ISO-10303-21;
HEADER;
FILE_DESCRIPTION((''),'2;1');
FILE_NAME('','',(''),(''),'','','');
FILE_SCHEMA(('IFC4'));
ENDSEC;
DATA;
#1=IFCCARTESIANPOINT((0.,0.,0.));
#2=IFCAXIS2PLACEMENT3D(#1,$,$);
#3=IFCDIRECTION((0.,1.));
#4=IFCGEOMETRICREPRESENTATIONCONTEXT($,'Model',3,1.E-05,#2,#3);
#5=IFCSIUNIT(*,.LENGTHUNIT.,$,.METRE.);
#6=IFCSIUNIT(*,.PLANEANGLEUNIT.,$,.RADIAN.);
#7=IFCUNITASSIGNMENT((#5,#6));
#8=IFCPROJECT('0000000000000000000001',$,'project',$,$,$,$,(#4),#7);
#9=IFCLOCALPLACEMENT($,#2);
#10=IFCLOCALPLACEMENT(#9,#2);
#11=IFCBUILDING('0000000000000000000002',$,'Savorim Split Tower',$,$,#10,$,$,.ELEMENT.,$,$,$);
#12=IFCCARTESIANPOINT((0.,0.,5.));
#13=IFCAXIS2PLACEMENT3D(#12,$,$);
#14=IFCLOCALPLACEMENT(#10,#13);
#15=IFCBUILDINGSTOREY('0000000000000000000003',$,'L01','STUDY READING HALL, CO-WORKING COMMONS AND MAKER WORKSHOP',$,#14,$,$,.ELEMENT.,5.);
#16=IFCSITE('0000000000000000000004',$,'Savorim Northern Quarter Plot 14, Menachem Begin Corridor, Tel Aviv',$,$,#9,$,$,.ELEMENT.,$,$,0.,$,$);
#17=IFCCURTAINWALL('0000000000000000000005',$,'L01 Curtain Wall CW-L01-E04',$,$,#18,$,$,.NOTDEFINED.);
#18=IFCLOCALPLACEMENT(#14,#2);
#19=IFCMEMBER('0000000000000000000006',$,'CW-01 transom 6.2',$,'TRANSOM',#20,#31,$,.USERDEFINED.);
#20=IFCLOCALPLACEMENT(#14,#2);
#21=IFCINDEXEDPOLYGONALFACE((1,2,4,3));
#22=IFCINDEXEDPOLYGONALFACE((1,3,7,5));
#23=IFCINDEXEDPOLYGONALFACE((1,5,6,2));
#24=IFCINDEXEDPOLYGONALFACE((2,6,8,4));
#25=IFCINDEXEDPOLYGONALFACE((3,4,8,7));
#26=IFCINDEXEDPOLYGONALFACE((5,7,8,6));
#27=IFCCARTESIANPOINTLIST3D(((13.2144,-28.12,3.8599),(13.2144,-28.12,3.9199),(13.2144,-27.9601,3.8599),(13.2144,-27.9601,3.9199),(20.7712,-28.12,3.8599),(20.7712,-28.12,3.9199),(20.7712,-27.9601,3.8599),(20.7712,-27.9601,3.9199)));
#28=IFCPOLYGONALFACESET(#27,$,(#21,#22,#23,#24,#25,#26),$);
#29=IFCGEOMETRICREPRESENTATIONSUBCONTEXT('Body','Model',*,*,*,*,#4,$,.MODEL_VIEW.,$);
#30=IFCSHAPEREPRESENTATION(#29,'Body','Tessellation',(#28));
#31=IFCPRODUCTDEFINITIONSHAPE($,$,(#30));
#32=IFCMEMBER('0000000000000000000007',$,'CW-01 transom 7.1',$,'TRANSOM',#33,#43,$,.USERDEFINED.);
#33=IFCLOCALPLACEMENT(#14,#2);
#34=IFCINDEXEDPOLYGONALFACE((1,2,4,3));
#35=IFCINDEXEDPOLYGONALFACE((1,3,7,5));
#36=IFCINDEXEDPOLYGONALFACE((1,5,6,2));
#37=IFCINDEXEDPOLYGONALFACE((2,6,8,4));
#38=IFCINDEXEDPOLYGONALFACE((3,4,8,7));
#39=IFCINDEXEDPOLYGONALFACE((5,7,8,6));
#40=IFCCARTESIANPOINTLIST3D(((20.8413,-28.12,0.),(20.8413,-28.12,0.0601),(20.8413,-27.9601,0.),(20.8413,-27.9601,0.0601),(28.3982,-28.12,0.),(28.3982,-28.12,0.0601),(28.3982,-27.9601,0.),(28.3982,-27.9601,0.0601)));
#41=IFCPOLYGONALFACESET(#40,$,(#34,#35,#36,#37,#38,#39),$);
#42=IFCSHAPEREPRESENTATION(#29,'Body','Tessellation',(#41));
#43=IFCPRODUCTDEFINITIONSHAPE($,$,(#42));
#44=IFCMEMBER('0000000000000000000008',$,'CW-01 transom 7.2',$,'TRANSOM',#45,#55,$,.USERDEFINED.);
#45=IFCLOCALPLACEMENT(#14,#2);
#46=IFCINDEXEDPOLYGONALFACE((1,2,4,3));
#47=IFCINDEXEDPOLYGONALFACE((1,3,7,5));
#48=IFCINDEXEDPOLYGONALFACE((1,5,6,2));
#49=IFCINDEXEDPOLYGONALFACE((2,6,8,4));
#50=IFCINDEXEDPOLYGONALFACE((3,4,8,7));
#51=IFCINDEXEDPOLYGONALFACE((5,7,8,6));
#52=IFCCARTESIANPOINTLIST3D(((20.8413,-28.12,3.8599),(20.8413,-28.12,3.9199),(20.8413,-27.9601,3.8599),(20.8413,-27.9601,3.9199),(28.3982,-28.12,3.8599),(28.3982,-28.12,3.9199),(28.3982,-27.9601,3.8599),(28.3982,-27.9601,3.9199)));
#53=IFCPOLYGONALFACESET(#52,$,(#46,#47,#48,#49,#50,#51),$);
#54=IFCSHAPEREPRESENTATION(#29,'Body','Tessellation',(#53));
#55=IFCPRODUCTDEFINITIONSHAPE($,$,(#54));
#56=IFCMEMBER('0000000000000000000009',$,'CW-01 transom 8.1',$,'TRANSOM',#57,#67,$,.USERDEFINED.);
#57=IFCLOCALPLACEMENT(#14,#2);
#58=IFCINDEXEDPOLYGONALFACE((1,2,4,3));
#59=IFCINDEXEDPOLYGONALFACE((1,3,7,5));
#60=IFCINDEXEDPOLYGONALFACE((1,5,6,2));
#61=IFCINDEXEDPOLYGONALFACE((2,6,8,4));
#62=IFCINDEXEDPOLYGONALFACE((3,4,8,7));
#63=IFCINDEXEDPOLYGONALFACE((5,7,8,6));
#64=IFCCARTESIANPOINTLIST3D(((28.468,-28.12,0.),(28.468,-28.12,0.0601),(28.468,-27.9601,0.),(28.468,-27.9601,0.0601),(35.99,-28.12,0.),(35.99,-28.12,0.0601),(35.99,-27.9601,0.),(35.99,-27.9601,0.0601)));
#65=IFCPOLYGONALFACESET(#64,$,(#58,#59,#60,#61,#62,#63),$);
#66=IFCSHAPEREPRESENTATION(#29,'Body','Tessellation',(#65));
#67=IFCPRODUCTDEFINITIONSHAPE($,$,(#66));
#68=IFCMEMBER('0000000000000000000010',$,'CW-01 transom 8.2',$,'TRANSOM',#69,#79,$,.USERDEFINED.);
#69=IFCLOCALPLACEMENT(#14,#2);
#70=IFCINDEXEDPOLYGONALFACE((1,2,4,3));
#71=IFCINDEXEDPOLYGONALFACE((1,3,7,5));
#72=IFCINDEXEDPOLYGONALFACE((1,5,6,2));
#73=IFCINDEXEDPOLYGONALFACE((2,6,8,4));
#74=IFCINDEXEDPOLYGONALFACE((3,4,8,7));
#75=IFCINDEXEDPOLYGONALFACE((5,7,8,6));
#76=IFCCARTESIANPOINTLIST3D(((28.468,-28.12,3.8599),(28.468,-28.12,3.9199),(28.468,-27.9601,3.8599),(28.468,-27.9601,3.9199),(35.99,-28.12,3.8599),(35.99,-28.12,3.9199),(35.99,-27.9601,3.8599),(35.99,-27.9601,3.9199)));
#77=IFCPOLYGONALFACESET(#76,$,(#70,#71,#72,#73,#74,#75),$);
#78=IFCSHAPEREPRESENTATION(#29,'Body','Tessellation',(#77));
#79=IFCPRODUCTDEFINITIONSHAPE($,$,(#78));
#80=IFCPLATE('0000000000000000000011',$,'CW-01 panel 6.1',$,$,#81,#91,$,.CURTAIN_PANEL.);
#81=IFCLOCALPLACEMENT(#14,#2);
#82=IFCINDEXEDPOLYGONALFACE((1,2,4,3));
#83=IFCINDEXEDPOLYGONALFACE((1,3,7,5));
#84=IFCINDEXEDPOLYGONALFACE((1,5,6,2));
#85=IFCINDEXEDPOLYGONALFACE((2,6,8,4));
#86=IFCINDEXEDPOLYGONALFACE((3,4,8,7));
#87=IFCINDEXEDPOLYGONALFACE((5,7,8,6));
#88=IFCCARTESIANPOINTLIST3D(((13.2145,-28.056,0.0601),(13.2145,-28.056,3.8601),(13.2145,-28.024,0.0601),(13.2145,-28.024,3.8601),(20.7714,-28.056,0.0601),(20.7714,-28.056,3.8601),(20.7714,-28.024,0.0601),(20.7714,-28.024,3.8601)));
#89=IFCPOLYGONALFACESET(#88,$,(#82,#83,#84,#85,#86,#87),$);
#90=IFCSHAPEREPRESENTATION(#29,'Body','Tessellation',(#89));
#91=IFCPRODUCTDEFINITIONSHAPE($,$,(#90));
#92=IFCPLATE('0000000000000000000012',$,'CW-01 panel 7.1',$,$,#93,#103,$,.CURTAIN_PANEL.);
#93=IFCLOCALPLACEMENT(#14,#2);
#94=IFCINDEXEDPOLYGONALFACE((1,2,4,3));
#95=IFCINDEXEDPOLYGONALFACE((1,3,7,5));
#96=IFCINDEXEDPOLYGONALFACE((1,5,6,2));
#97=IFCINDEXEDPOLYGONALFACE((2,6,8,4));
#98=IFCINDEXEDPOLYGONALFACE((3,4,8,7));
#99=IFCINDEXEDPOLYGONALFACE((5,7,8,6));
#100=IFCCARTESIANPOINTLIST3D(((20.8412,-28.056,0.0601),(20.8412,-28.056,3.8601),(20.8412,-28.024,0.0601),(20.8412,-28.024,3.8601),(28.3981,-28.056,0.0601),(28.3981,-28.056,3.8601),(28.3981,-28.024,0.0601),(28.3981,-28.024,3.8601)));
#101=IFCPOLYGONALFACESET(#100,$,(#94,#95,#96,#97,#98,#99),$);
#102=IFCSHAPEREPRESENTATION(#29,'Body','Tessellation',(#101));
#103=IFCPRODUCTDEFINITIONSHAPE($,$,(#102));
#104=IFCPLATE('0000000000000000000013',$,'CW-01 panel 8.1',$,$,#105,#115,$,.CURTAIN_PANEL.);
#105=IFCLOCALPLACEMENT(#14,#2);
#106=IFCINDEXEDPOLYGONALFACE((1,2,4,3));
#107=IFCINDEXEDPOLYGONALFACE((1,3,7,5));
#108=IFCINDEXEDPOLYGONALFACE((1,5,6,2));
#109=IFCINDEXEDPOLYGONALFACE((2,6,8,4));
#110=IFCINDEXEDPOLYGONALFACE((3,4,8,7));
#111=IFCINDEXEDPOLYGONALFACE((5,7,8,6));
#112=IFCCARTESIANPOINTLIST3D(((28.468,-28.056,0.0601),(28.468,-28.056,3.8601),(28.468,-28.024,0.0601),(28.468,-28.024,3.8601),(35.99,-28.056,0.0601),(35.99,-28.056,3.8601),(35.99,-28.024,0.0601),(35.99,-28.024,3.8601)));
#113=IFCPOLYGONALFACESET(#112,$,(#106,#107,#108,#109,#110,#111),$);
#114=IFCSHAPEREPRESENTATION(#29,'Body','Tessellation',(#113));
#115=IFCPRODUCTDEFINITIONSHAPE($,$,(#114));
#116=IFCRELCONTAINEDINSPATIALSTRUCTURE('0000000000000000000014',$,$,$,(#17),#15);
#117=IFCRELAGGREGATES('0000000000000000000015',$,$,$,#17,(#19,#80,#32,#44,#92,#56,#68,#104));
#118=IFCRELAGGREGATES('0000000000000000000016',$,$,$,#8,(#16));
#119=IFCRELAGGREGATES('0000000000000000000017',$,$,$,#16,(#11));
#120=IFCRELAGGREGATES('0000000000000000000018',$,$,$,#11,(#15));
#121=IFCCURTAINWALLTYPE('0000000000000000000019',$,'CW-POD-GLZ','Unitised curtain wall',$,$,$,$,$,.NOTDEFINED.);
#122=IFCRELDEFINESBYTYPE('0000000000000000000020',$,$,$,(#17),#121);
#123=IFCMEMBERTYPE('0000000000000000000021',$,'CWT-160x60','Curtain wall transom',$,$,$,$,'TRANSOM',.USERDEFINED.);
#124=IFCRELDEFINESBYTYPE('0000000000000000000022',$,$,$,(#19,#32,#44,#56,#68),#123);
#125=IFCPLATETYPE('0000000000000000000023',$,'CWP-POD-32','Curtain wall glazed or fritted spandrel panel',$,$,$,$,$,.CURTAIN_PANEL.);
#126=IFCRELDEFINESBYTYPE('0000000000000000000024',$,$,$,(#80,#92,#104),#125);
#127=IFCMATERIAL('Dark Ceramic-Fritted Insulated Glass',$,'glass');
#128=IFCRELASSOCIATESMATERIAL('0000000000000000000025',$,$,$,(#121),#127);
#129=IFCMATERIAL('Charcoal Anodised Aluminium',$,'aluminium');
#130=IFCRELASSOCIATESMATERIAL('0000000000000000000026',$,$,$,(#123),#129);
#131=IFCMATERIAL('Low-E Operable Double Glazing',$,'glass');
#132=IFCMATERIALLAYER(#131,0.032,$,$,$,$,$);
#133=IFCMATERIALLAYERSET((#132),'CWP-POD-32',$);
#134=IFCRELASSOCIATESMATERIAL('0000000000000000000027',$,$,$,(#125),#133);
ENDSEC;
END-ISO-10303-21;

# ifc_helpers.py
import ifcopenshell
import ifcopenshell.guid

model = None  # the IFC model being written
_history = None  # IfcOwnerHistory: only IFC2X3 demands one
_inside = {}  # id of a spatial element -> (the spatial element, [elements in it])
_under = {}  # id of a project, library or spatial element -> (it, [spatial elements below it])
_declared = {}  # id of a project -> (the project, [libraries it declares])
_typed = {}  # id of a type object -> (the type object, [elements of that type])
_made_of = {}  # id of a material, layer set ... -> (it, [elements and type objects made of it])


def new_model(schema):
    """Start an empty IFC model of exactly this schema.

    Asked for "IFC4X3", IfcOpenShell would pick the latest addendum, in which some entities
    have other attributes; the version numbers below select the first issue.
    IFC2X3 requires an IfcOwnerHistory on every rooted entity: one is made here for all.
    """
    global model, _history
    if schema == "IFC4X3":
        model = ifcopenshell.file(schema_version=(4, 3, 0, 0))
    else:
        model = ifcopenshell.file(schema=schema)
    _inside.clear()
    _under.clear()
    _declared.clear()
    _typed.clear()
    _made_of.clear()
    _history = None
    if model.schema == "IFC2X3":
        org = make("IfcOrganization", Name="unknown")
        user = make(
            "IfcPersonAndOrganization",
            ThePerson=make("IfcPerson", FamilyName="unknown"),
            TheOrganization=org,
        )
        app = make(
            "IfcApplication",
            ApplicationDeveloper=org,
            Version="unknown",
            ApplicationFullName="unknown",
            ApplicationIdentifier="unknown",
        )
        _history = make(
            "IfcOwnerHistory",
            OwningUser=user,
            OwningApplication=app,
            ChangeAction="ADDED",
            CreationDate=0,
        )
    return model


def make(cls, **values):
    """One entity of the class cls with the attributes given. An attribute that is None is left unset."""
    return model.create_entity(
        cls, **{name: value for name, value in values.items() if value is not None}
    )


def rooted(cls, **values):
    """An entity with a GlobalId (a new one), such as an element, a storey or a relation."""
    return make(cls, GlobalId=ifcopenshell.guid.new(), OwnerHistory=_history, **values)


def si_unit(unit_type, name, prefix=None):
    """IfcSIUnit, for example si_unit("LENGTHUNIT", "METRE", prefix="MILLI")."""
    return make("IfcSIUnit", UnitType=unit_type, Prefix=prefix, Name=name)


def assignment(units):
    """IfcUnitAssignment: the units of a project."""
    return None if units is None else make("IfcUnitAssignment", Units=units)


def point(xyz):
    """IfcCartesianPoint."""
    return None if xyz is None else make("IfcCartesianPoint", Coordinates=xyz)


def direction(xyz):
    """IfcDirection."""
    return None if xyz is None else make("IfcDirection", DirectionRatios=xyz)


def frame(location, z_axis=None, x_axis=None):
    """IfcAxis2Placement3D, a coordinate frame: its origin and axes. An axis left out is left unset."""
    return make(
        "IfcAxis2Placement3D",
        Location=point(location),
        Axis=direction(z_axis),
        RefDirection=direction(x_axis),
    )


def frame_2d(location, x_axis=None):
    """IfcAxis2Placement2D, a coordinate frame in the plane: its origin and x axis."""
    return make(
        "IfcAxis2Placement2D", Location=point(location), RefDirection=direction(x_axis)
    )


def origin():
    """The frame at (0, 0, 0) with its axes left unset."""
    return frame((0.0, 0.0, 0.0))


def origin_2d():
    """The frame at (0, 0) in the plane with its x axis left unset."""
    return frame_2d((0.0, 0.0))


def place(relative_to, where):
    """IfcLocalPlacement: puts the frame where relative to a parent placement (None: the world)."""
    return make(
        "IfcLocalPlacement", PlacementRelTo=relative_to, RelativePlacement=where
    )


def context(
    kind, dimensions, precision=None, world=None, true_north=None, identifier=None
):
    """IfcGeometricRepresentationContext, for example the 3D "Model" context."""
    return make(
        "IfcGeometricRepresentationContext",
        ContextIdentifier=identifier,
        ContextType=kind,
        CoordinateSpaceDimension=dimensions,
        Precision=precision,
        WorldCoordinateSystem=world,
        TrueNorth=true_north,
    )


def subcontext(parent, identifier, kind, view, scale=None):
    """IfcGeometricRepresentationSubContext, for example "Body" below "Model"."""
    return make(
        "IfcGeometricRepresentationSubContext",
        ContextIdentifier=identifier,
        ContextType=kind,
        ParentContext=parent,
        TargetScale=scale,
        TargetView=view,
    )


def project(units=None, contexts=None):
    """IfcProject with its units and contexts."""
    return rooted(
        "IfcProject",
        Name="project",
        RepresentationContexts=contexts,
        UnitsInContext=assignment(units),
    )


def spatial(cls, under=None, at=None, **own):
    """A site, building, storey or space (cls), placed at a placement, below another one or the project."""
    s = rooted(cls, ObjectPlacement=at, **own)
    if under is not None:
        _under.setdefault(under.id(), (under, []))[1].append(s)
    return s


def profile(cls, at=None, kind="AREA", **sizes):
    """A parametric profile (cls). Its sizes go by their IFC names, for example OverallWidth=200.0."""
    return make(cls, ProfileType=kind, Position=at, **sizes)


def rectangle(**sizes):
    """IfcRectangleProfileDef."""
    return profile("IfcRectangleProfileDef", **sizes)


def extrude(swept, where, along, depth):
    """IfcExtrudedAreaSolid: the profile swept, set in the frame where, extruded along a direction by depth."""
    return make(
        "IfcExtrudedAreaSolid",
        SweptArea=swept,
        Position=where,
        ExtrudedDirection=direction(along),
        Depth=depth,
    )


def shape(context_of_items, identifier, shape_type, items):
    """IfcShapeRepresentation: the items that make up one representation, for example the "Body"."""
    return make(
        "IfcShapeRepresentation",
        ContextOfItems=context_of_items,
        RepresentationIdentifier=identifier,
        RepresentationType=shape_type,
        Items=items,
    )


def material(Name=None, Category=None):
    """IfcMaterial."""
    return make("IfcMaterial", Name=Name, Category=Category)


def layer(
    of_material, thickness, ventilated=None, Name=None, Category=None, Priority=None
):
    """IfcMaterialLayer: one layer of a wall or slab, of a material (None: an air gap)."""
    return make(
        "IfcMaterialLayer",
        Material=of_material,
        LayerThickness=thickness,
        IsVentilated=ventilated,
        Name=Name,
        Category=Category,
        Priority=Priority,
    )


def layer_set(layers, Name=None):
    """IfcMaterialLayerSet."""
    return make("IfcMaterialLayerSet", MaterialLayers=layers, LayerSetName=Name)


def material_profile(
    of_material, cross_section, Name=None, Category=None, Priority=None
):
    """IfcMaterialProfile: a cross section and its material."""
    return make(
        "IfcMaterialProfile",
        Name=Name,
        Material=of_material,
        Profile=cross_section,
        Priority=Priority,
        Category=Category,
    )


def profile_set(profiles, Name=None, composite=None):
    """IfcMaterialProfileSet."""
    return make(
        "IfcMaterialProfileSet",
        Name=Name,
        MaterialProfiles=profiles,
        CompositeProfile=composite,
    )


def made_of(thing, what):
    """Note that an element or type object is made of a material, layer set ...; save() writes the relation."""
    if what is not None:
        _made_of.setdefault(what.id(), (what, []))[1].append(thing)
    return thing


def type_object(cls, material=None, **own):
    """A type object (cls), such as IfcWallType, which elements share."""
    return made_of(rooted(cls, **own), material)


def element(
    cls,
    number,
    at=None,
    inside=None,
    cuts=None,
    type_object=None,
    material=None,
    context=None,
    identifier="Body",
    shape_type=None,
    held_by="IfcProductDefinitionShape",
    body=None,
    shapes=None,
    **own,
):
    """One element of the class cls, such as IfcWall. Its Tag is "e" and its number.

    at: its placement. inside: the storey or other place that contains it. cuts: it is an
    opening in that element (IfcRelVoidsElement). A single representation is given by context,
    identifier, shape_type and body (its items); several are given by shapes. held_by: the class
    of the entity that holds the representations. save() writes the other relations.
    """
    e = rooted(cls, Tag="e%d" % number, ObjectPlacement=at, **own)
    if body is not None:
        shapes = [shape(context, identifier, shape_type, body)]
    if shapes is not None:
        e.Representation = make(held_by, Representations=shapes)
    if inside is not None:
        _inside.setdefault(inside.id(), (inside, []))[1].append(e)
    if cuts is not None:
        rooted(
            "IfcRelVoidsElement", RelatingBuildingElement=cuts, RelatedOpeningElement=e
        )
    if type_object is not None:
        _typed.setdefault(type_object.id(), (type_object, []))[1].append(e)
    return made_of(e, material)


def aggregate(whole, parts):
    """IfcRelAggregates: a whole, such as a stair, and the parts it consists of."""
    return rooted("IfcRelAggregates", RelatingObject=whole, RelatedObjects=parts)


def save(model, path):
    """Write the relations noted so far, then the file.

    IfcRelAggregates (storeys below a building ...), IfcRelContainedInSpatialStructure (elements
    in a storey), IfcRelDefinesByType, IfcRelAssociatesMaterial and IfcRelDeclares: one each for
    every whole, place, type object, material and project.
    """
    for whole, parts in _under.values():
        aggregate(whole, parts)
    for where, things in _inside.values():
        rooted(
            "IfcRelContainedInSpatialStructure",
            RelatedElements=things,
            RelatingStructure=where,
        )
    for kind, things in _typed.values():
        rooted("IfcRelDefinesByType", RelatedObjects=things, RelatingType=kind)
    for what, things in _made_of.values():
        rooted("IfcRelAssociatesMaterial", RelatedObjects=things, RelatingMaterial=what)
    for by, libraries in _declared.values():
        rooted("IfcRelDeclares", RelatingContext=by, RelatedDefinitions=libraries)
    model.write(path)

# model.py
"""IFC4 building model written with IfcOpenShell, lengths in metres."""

from ifc_helpers import new_model, si_unit, direction, frame, origin, origin_2d, place, context, subcontext, project, spatial, rectangle, extrude, material, layer, layer_set, material_profile, profile_set, type_object, element, aggregate, save


model = new_model("IFC4")

# Units and contexts
model_context = context("Model", 3, precision=1e-05, world=origin(), true_north=direction((0.0, 1.0)))
body_context = subcontext(model_context, "Body", "Model", "MODEL_VIEW")
ifc_project = project(units=[si_unit("LENGTHUNIT", "METRE"), si_unit("PLANEANGLEUNIT", "RADIAN")], contexts=[model_context])

# Site, building, storey
site_placement = place(None, origin())
site = spatial("IfcSite", under=ifc_project, at=site_placement, Name="Savorim Northern Quarter Plot 14, Menachem Begin Corridor, Tel Aviv", CompositionType="ELEMENT", RefElevation=0.0)
building_placement = place(site_placement, origin())
building = spatial("IfcBuilding", under=site, at=building_placement, Name="Savorim Split Tower", CompositionType="ELEMENT")
storey_placement = place(building_placement, frame((0.0, 0.0, 5.0)))
storey = spatial("IfcBuildingStorey", under=building, at=storey_placement, Name="L01", Description="STUDY READING HALL, CO-WORKING COMMONS AND MAKER WORKSHOP", CompositionType="ELEMENT", Elevation=5.0)

# Curtain wall, members, plates
ifc_material_1 = material(Name="Dark Ceramic-Fritted Insulated Glass", Category="glass")
curtain_wall_type = type_object("IfcCurtainWallType", Name="CW-POD-GLZ", Description="Unitised curtain wall", PredefinedType="NOTDEFINED", material=ifc_material_1)
curtain_wall_placement = place(storey_placement, origin())
curtain_wall = element("IfcCurtainWall", 1, at=curtain_wall_placement, inside=storey, type_object=curtain_wall_type, Name="L01 Curtain Wall CW-L01-E04", PredefinedType="NOTDEFINED")
ifc_material_2 = material(Name="Charcoal Anodised Aluminium", Category="aluminium")
ifc_material_profile_1 = material_profile(ifc_material_2, rectangle(XDim=0.1599, YDim=0.0601, at=origin_2d()), Name="ALU-T 160x60")
ifc_profile_set_1 = profile_set([ifc_material_profile_1], Name="Charcoal Anodised Aluminium")
member_type_1 = type_object("IfcMemberType", Name="CWT-160x60", Description="Curtain wall transom", ElementType="TRANSOM", PredefinedType="USERDEFINED", material=ifc_profile_set_1)
member_1_placement = place(storey_placement, frame((13.2144, -28.04, 3.8899), z_axis=(1.0, 0.0, 0.0), x_axis=(0.0, 1.0, 0.0)))
member_1 = element("IfcMember", 2, at=member_1_placement, type_object=member_type_1, Name="CW-01 transom 6.2", ObjectType="TRANSOM", PredefinedType="USERDEFINED", context=body_context, shape_type="SweptSolid", body=[
    extrude(rectangle(XDim=0.1599, YDim=0.0601, at=origin_2d()), origin(), (0.0, 0.0, 1.0), 7.5569),
])
member_2_placement = place(storey_placement, frame((20.8413, -28.04, 0.03), z_axis=(1.0, 0.0, 0.0), x_axis=(0.0, 1.0, 0.0)))
member_2 = element("IfcMember", 3, at=member_2_placement, type_object=member_type_1, Name="CW-01 transom 7.1", ObjectType="TRANSOM", PredefinedType="USERDEFINED", context=body_context, shape_type="SweptSolid", body=[
    extrude(rectangle(XDim=0.1599, YDim=0.0601, at=origin_2d()), origin(), (0.0, 0.0, 1.0), 7.5569),
])
member_3_placement = place(storey_placement, frame((20.8413, -28.04, 3.8899), z_axis=(1.0, 0.0, 0.0), x_axis=(0.0, 1.0, 0.0)))
member_3 = element("IfcMember", 4, at=member_3_placement, type_object=member_type_1, Name="CW-01 transom 7.2", ObjectType="TRANSOM", PredefinedType="USERDEFINED", context=body_context, shape_type="SweptSolid", body=[
    extrude(rectangle(XDim=0.1599, YDim=0.0601, at=origin_2d()), origin(), (0.0, 0.0, 1.0), 7.5569),
])
member_4_placement = place(storey_placement, frame((28.468, -28.04, 0.03), z_axis=(1.0, 0.0, 0.0), x_axis=(0.0, 1.0, 0.0)))
member_4 = element("IfcMember", 5, at=member_4_placement, type_object=member_type_1, Name="CW-01 transom 8.1", ObjectType="TRANSOM", PredefinedType="USERDEFINED", context=body_context, shape_type="SweptSolid", body=[
    extrude(rectangle(XDim=0.1599, YDim=0.0601, at=origin_2d()), origin(), (0.0, 0.0, 1.0), 7.522),
])
member_5_placement = place(storey_placement, frame((28.468, -28.04, 3.8899), z_axis=(1.0, 0.0, 0.0), x_axis=(0.0, 1.0, 0.0)))
member_5 = element("IfcMember", 6, at=member_5_placement, type_object=member_type_1, Name="CW-01 transom 8.2", ObjectType="TRANSOM", PredefinedType="USERDEFINED", context=body_context, shape_type="SweptSolid", body=[
    extrude(rectangle(XDim=0.1599, YDim=0.0601, at=origin_2d()), origin(), (0.0, 0.0, 1.0), 7.522),
])
ifc_material_3 = material(Name="Low-E Operable Double Glazing", Category="glass")
ifc_layer = layer(ifc_material_3, 0.032)
ifc_layer_set = layer_set([ifc_layer], Name="CWP-POD-32")
plate_type = type_object("IfcPlateType", Name="CWP-POD-32", Description="Curtain wall glazed or fritted spandrel panel", PredefinedType="CURTAIN_PANEL", material=ifc_layer_set)
plate_1_placement = place(storey_placement, frame((16.9929, -28.04, 0.0601), z_axis=(0.0, 0.0, 1.0), x_axis=(1.0, 0.0, 0.0)))
plate_1 = element("IfcPlate", 7, at=plate_1_placement, type_object=plate_type, Name="CW-01 panel 6.1", PredefinedType="CURTAIN_PANEL", context=body_context, shape_type="SweptSolid", body=[
    extrude(rectangle(XDim=7.5569, YDim=0.032, at=origin_2d()), origin(), (0.0, 0.0, 1.0), 3.8),
])
plate_2_placement = place(storey_placement, frame((24.6196, -28.04, 0.0601), z_axis=(0.0, 0.0, 1.0), x_axis=(1.0, 0.0, 0.0)))
plate_2 = element("IfcPlate", 8, at=plate_2_placement, type_object=plate_type, Name="CW-01 panel 7.1", PredefinedType="CURTAIN_PANEL", context=body_context, shape_type="SweptSolid", body=[
    extrude(rectangle(XDim=7.5569, YDim=0.032, at=origin_2d()), origin(), (0.0, 0.0, 1.0), 3.8),
])
plate_3_placement = place(storey_placement, frame((32.229, -28.04, 0.0601), z_axis=(0.0, 0.0, 1.0), x_axis=(1.0, 0.0, 0.0)))
plate_3 = element("IfcPlate", 9, at=plate_3_placement, type_object=plate_type, Name="CW-01 panel 8.1", PredefinedType="CURTAIN_PANEL", context=body_context, shape_type="SweptSolid", body=[
    extrude(rectangle(XDim=7.522, YDim=0.032, at=origin_2d()), origin(), (0.0, 0.0, 1.0), 3.8),
])
aggregate(curtain_wall, [member_1, plate_1, member_2, member_3, plate_2, member_4, member_5, plate_3])

save(model, "model.ifc")
